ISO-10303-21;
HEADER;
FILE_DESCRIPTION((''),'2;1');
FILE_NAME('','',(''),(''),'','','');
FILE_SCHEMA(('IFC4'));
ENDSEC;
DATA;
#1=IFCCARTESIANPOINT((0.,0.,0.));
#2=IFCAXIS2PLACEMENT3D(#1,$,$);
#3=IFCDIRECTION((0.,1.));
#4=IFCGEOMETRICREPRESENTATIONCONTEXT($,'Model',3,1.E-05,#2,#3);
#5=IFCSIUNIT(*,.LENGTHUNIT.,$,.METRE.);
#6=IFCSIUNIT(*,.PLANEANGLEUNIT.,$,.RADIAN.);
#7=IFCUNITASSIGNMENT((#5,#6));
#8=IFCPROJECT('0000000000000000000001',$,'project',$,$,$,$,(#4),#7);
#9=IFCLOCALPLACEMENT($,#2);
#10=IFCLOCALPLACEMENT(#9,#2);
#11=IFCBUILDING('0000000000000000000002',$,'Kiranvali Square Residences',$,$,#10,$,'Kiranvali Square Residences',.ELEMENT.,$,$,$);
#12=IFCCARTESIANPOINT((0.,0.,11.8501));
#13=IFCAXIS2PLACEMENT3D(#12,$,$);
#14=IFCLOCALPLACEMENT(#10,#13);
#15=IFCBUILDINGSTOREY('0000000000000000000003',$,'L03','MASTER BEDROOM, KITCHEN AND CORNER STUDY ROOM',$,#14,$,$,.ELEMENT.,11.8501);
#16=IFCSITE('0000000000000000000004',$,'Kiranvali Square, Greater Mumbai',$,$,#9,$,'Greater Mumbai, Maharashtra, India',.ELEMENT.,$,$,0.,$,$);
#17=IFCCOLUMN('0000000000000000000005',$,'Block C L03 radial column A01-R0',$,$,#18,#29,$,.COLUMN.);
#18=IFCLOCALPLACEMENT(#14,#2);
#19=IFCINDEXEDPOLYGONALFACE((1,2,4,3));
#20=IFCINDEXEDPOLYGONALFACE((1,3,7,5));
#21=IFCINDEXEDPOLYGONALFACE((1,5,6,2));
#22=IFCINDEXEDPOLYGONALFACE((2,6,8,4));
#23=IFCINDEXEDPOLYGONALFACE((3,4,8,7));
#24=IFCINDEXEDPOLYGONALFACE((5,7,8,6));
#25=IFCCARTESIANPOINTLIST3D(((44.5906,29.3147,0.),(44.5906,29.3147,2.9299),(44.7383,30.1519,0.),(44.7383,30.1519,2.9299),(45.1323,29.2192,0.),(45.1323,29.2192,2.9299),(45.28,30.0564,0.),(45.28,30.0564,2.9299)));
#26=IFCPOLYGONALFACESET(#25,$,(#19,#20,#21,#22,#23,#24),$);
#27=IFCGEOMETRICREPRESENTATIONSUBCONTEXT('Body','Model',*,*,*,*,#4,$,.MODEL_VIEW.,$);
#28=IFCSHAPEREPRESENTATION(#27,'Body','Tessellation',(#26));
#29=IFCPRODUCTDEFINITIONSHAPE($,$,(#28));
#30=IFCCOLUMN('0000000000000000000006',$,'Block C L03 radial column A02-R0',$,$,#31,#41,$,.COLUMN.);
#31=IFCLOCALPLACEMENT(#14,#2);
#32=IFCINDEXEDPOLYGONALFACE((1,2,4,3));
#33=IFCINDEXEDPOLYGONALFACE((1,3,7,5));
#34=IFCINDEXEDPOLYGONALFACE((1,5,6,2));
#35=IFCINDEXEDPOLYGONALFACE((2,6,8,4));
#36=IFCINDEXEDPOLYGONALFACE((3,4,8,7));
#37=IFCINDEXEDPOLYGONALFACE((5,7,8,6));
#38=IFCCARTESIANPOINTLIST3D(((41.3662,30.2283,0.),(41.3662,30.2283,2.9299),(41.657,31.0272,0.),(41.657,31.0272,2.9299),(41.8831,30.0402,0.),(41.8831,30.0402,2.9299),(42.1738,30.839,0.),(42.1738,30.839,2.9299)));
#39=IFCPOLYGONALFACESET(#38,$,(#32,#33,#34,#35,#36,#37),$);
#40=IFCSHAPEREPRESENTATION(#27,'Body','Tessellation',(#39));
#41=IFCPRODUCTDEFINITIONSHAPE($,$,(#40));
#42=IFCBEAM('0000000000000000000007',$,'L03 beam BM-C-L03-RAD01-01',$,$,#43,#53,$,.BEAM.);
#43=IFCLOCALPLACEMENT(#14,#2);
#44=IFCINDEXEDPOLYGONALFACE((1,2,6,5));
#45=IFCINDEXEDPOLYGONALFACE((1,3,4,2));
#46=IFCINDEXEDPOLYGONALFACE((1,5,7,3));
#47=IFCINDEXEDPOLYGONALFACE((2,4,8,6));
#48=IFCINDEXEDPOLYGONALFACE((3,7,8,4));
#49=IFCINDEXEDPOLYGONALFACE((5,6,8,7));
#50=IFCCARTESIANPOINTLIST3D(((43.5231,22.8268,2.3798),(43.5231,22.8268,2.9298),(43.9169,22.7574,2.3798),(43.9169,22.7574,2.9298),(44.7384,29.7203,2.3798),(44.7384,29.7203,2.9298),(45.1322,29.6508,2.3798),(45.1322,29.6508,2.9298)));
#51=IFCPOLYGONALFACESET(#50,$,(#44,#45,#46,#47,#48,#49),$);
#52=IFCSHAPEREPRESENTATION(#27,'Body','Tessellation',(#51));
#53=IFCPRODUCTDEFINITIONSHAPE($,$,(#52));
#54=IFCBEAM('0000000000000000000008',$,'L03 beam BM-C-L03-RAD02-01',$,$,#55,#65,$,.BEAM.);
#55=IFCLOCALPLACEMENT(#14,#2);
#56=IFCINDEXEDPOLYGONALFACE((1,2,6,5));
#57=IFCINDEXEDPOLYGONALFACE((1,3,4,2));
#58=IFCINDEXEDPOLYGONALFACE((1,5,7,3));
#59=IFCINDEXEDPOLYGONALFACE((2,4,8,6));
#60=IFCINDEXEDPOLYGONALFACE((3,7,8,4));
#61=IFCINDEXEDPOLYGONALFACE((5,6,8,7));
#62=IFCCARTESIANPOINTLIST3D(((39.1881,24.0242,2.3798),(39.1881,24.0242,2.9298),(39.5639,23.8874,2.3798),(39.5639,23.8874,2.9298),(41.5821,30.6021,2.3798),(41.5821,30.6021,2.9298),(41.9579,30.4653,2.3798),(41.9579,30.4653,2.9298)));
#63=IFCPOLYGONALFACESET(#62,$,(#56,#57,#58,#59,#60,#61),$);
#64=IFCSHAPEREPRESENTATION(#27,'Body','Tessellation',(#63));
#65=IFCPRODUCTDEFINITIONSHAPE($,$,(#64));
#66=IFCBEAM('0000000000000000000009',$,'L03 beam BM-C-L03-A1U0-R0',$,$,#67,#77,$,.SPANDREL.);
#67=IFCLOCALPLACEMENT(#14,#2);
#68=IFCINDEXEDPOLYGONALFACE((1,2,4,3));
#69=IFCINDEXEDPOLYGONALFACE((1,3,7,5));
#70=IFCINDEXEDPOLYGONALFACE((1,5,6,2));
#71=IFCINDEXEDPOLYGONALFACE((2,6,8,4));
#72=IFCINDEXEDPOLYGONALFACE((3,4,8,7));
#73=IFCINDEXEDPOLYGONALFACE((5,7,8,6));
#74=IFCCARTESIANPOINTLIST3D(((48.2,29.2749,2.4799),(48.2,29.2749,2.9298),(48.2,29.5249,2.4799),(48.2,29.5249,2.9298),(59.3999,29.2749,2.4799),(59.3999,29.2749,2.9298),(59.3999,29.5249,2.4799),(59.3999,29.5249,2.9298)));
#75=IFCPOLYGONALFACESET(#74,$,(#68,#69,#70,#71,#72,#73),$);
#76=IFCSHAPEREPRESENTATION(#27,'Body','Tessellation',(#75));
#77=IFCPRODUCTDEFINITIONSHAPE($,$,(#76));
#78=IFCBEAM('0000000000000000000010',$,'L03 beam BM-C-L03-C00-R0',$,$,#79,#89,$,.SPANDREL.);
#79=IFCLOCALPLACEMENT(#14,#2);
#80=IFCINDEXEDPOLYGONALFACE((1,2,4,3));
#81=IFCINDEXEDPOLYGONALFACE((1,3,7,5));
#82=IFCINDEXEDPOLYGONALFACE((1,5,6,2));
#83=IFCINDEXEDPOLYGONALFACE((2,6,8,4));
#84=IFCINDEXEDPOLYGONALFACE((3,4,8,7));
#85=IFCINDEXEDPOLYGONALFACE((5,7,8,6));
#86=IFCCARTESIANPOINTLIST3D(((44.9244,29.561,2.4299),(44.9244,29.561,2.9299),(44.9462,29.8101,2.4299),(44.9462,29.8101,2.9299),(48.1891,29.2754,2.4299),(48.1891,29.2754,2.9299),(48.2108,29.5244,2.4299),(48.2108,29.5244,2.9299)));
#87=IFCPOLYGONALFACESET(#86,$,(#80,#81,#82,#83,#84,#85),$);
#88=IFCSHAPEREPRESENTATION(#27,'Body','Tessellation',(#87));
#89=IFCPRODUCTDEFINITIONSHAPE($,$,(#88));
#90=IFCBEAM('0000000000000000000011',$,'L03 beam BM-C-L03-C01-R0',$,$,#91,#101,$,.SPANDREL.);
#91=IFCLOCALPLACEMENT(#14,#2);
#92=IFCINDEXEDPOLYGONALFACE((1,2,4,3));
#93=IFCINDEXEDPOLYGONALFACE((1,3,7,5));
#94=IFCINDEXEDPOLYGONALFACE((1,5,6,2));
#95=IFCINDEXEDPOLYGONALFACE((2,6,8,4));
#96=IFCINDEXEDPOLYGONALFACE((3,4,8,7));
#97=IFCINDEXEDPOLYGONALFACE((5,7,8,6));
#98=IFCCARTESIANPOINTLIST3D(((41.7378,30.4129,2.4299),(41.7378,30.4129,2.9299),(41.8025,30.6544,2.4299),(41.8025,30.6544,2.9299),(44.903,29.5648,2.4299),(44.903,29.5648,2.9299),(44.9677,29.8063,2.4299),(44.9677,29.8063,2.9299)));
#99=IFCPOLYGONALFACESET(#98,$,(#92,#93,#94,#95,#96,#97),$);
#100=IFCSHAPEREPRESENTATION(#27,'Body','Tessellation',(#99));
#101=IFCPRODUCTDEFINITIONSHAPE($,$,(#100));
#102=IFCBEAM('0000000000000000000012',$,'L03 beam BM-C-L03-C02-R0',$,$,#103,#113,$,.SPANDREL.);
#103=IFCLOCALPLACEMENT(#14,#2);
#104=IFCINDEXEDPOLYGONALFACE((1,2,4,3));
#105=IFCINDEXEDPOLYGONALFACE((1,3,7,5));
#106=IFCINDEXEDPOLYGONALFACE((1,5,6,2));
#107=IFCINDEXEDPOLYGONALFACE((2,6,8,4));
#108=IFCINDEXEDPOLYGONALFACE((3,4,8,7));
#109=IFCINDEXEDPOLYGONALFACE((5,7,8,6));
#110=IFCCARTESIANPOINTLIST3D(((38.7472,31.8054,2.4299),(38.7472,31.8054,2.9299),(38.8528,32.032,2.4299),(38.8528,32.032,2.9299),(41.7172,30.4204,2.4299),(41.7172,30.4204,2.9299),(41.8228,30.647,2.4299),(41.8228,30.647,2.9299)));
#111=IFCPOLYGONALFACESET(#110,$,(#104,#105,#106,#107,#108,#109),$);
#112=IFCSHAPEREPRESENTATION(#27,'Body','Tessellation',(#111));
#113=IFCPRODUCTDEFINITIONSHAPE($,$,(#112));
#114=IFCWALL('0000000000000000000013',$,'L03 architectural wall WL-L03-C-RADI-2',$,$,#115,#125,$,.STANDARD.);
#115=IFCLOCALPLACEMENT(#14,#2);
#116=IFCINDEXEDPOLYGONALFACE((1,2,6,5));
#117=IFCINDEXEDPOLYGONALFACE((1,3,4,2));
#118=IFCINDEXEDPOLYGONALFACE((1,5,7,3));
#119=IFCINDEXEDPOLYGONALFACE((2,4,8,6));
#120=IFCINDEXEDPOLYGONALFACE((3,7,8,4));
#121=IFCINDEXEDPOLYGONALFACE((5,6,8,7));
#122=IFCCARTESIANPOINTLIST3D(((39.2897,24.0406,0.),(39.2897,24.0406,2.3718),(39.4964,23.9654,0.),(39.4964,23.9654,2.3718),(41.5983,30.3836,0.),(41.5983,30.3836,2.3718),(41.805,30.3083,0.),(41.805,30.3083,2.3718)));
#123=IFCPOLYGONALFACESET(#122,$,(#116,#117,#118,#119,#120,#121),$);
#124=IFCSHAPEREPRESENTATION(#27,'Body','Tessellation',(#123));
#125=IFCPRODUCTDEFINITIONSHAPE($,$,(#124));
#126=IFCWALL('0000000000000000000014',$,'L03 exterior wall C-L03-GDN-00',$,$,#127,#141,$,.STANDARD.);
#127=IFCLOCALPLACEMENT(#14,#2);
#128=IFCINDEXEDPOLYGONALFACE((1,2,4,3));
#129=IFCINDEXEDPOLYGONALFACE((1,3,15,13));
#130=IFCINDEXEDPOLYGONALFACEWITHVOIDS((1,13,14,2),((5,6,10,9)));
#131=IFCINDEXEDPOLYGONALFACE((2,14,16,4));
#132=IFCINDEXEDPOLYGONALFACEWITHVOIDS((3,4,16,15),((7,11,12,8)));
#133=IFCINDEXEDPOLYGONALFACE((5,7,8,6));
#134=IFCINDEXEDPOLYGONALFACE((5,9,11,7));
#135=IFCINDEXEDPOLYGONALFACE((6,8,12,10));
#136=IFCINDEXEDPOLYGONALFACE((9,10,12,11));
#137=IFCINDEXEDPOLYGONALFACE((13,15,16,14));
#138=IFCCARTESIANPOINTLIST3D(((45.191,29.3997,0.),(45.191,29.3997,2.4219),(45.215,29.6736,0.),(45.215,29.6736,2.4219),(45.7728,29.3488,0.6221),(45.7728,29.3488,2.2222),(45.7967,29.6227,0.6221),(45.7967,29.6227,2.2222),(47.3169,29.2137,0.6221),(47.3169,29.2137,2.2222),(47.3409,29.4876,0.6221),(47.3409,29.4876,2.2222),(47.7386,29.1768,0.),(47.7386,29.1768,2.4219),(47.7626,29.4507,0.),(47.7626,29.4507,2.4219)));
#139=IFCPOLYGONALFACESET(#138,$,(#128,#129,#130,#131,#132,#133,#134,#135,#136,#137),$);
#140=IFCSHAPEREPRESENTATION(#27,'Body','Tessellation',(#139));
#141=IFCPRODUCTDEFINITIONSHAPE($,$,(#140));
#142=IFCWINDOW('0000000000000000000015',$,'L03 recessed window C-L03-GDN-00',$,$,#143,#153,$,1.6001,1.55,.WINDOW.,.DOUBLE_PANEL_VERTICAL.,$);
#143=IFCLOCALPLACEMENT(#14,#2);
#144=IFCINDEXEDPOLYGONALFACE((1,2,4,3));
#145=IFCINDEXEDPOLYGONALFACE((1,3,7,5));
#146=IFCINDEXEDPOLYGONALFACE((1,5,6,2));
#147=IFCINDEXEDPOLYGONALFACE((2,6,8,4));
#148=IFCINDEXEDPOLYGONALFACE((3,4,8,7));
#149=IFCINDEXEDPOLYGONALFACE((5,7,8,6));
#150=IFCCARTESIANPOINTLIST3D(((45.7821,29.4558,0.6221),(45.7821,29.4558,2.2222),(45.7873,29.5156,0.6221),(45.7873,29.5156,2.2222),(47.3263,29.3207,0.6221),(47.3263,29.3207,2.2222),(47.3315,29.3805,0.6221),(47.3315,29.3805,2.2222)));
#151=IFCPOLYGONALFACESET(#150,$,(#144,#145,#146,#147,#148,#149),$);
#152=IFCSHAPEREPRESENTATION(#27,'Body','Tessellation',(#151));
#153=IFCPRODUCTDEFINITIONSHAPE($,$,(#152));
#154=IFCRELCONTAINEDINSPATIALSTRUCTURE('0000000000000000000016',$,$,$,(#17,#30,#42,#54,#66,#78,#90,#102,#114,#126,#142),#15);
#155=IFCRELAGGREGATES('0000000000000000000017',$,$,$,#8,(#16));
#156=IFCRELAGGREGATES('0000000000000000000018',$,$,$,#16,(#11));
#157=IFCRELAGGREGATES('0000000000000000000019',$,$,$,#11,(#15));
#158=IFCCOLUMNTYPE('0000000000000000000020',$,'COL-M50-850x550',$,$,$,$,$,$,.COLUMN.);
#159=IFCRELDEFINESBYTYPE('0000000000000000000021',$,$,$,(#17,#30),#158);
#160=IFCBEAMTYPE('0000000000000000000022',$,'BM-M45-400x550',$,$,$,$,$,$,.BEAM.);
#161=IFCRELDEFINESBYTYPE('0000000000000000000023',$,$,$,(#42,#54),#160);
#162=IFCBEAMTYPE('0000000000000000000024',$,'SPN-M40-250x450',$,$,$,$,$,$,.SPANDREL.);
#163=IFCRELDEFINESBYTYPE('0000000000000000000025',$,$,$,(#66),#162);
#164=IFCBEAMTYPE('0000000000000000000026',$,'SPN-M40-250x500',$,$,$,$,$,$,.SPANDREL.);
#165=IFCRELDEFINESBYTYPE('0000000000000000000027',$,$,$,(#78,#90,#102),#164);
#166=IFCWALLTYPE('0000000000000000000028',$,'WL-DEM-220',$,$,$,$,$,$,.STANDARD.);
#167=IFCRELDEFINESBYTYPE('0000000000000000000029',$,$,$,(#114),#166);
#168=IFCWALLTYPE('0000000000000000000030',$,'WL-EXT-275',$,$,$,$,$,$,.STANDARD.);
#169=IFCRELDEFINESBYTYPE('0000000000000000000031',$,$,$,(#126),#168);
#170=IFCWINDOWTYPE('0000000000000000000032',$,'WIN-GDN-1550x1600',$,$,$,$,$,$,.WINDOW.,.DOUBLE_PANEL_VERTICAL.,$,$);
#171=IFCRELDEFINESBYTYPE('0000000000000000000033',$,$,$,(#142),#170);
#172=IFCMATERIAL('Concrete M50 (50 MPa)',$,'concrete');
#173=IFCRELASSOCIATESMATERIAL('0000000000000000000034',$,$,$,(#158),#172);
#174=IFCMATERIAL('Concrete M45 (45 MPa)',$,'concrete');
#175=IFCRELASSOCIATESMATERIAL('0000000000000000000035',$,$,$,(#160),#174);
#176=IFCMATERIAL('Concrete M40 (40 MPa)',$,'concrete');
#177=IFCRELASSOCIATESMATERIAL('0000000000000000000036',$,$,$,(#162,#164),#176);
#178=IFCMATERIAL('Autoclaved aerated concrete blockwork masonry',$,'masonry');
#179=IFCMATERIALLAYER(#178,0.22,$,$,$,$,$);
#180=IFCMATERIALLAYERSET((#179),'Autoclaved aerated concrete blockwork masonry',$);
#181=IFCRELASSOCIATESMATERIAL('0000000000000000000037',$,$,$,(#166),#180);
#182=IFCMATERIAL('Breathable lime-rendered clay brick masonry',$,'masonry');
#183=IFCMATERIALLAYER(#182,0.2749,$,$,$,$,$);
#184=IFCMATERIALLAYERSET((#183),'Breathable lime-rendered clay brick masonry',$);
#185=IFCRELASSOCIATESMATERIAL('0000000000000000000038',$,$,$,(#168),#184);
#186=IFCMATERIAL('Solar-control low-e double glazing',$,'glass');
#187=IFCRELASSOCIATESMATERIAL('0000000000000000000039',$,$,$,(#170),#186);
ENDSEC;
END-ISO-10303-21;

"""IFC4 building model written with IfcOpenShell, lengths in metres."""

from ifc_helpers import new_model, si_unit, direction, frame, frame_2d, origin, origin_2d, place, context, subcontext, project, spatial, rectangle, extrude, material, layer, layer_set, material_profile, profile_set, type_object, element, fill, save


model = new_model("IFC4")

# Units and contexts
model_context = context("Model", 3, precision=1e-05, world=origin(), true_north=direction((0.0, 1.0)))
body_context = subcontext(model_context, "Body", "Model", "MODEL_VIEW")
ifc_project = project(units=[si_unit("LENGTHUNIT", "METRE"), si_unit("PLANEANGLEUNIT", "RADIAN")], contexts=[model_context])

# Site, building, storey
site_placement = place(None, origin())
site = spatial("IfcSite", under=ifc_project, at=site_placement, Name="Kiranvali Square, Greater Mumbai", LongName="Greater Mumbai, Maharashtra, India", CompositionType="ELEMENT", RefElevation=0.0)
building_placement = place(site_placement, origin())
building = spatial("IfcBuilding", under=site, at=building_placement, Name="Kiranvali Square Residences", LongName="Kiranvali Square Residences", CompositionType="ELEMENT")
storey_placement = place(building_placement, frame((0.0, 0.0, 11.8501)))
storey = spatial("IfcBuildingStorey", under=building, at=storey_placement, Name="L03", Description="MASTER BEDROOM, KITCHEN AND CORNER STUDY ROOM", CompositionType="ELEMENT", Elevation=11.8501)

# Columns
ifc_material_1 = material(Name="Concrete M50 (50 MPa)", Category="concrete")
ifc_material_profile_1 = material_profile(ifc_material_1, rectangle(XDim=0.55, YDim=0.8501, at=origin_2d()), Name="RC 850x550")
ifc_profile_set_1 = profile_set([ifc_material_profile_1], Name="Concrete M50 (50 MPa)")
column_type = type_object("IfcColumnType", Name="COL-M50-850x550", PredefinedType="COLUMN", material=ifc_profile_set_1)
for number, where, z_axis, x_axis, name in (
    (1, (44.9353, 29.6855, 0.0), (0.0, 0.0, 1.0), (-0.984808, 0.173648, 0.0), "Block C L03 radial column A01-R0"),
    (2, (41.77, 30.5337, 0.0), (0.0, 0.0, 1.0), (-0.939693, 0.34202, 0.0), "Block C L03 radial column A02-R0"),
):
    element("IfcColumn", number, at=place(storey_placement, frame(where, z_axis=z_axis, x_axis=x_axis)), inside=storey, type_object=column_type, Name=name, PredefinedType="COLUMN", context=body_context, shape_type="SweptSolid", body=[
        extrude(rectangle(XDim=0.55, YDim=0.8501, at=origin_2d()), origin(), (0.0, 0.0, 1.0), 2.9299),
    ])

# Beams
ifc_material_2 = material(Name="Concrete M45 (45 MPa)", Category="concrete")
ifc_material_profile_2 = material_profile(ifc_material_2, rectangle(XDim=0.3999, YDim=0.55, at=origin_2d()), Name="RC 400x550")
ifc_profile_set_2 = profile_set([ifc_material_profile_2], Name="Concrete M45 (45 MPa)")
beam_type_1 = type_object("IfcBeamType", Name="BM-M45-400x550", PredefinedType="BEAM", material=ifc_profile_set_2)
beam_1_placement = place(storey_placement, frame((44.9353, 29.6855, 2.6548), z_axis=(-0.173622, -0.984812, 0.0), x_axis=(0.984812, -0.173622, 0.0)))
element("IfcBeam", 3, at=beam_1_placement, inside=storey, type_object=beam_type_1, Name="L03 beam BM-C-L03-RAD01-01", PredefinedType="BEAM", context=body_context, shape_type="SweptSolid", body=[
    extrude(rectangle(XDim=0.3999, YDim=0.55, at=origin_2d()), origin(), (0.0, 0.0, 1.0), 6.9998),
])
beam_2_placement = place(storey_placement, frame((41.77, 30.5337, 2.6548), z_axis=(-0.342006, -0.939698, 0.0), x_axis=(0.939698, -0.342006, 0.0)))
element("IfcBeam", 4, at=beam_2_placement, inside=storey, type_object=beam_type_1, Name="L03 beam BM-C-L03-RAD02-01", PredefinedType="BEAM", context=body_context, shape_type="SweptSolid", body=[
    extrude(rectangle(XDim=0.3999, YDim=0.55, at=origin_2d()), origin(), (0.0, 0.0, 1.0), 7.0),
])
ifc_material_3 = material(Name="Concrete M40 (40 MPa)", Category="concrete")
ifc_material_profile_3 = material_profile(ifc_material_3, rectangle(XDim=0.25, YDim=0.45, at=origin_2d()), Name="RC 250x450")
ifc_profile_set_3 = profile_set([ifc_material_profile_3], Name="Concrete M40 (40 MPa)")
beam_type_2 = type_object("IfcBeamType", Name="SPN-M40-250x450", PredefinedType="SPANDREL", material=ifc_profile_set_3)
beam_3_placement = place(storey_placement, frame((48.2, 29.3999, 2.7048), z_axis=(1.0, 0.0, 0.0), x_axis=(0.0, 1.0, 0.0)))
element("IfcBeam", 5, at=beam_3_placement, inside=storey, type_object=beam_type_2, Name="L03 beam BM-C-L03-A1U0-R0", PredefinedType="SPANDREL", context=body_context, shape_type="SweptSolid", body=[
    extrude(rectangle(XDim=0.25, YDim=0.45, at=origin_2d()), origin(), (0.0, 0.0, 1.0), 11.2),
])
ifc_material_profile_4 = material_profile(ifc_material_3, rectangle(XDim=0.25, YDim=0.5, at=origin_2d()), Name="RC 250x500")
ifc_profile_set_4 = profile_set([ifc_material_profile_4], Name="Concrete M40 (40 MPa)")
beam_type_3 = type_object("IfcBeamType", Name="SPN-M40-250x500", PredefinedType="SPANDREL", material=ifc_profile_set_4)
beam_4_placement = place(storey_placement, frame((48.2, 29.3999, 2.6799), z_axis=(-0.996194, 0.087163, 0.0), x_axis=(-0.087163, -0.996194, 0.0)))
element("IfcBeam", 6, at=beam_4_placement, inside=storey, type_object=beam_type_3, Name="L03 beam BM-C-L03-C00-R0", PredefinedType="SPANDREL", context=body_context, shape_type="SweptSolid", body=[
    extrude(rectangle(XDim=0.25, YDim=0.5, at=origin_2d()), origin(), (0.0, 0.0, 1.0), 3.2771),
])
beam_5_placement = place(storey_placement, frame((44.9353, 29.6855, 2.6799), z_axis=(-0.965925, 0.258822, 0.0), x_axis=(-0.258822, -0.965925, 0.0)))
element("IfcBeam", 7, at=beam_5_placement, inside=storey, type_object=beam_type_3, Name="L03 beam BM-C-L03-C01-R0", PredefinedType="SPANDREL", context=body_context, shape_type="SweptSolid", body=[
    extrude(rectangle(XDim=0.25, YDim=0.5, at=origin_2d()), origin(), (0.0, 0.0, 1.0), 3.2769),
])
beam_6_placement = place(storey_placement, frame((41.77, 30.5337, 2.6799), z_axis=(-0.906297, 0.422641, 0.0), x_axis=(-0.422641, -0.906297, 0.0)))
element("IfcBeam", 8, at=beam_6_placement, inside=storey, type_object=beam_type_3, Name="L03 beam BM-C-L03-C02-R0", PredefinedType="SPANDREL", context=body_context, shape_type="SweptSolid", body=[
    extrude(rectangle(XDim=0.25, YDim=0.5, at=origin_2d()), origin(), (0.0, 0.0, 1.0), 3.2771),
])

# Wall
ifc_material_4 = material(Name="Autoclaved aerated concrete blockwork masonry", Category="masonry")
ifc_layer_1 = layer(ifc_material_4, 0.22)
ifc_layer_set_1 = layer_set([ifc_layer_1], Name="Autoclaved aerated concrete blockwork masonry")
wall_type_1 = type_object("IfcWallType", Name="WL-DEM-220", PredefinedType="STANDARD", material=ifc_layer_set_1)
wall_1_placement = place(storey_placement, frame((41.7017, 30.3459, 0.0), z_axis=(0.0, 0.0, 1.0), x_axis=(-0.34201, -0.939696, 0.0)))
element("IfcWall", 9, at=wall_1_placement, inside=storey, type_object=wall_type_1, Name="L03 architectural wall WL-L03-C-RADI-2", PredefinedType="STANDARD", context=body_context, shape_type="SweptSolid", body=[
    extrude(rectangle(XDim=6.75, YDim=0.22, at=frame_2d((3.375, 0.0))), origin(), (0.0, 0.0, 1.0), 2.3718),
])

# Wall, opening, window
ifc_material_5 = material(Name="Breathable lime-rendered clay brick masonry", Category="masonry")
ifc_layer_2 = layer(ifc_material_5, 0.2749)
ifc_layer_set_2 = layer_set([ifc_layer_2], Name="Breathable lime-rendered clay brick masonry")
wall_type_2 = type_object("IfcWallType", Name="WL-EXT-275", PredefinedType="STANDARD", material=ifc_layer_set_2)
wall_2_placement = place(storey_placement, frame((47.7507, 29.3137, 0.0), z_axis=(0.0, 0.0, 1.0), x_axis=(-0.996194, 0.087161, 0.0)))
wall_2 = element("IfcWall", 10, at=wall_2_placement, inside=storey, type_object=wall_type_2, Name="L03 exterior wall C-L03-GDN-00", PredefinedType="STANDARD", context=body_context, shape_type="SweptSolid", body=[
    extrude(rectangle(XDim=2.5574, YDim=0.2749, at=frame_2d((1.2788, 0.0))), origin(), (0.0, 0.0, 1.0), 2.4219),
])
opening_1_placement = place(wall_2_placement, frame((0.4236, 0.0, 0.6221)))
opening_1 = element("IfcOpeningElement", 11, at=opening_1_placement, cuts=wall_2, PredefinedType="OPENING", context=body_context, shape_type="SweptSolid", body=[
    extrude(rectangle(XDim=1.55, YDim=1.6001, at=frame_2d((0.7749, 0.8))), frame((0.0, 0.1475, 0.0), z_axis=(0.0, -1.0, 0.0), x_axis=(1.0, 0.0, 0.0)), (0.0, 0.0, 1.0), 0.2949),
])
ifc_material_6 = material(Name="Solar-control low-e double glazing", Category="glass")
window_type_1 = type_object("IfcWindowType", Name="WIN-GDN-1550x1600", PartitioningType="DOUBLE_PANEL_VERTICAL", PredefinedType="WINDOW", material=ifc_material_6)
window_1_placement = place(opening_1_placement, origin())
window_1 = element("IfcWindow", 12, at=window_1_placement, inside=storey, type_object=window_type_1, Name="L03 recessed window C-L03-GDN-00", OverallHeight=1.6001, OverallWidth=1.55, PartitioningType="DOUBLE_PANEL_VERTICAL", PredefinedType="WINDOW", context=body_context, shape_type="SweptSolid", body=[
    extrude(rectangle(XDim=1.55, YDim=1.6001, at=frame_2d((0.7749, 0.8))), frame((0.0, 0.03, 0.0), z_axis=(0.0, -1.0, 0.0), x_axis=(1.0, 0.0, 0.0)), (0.0, 0.0, 1.0), 0.0601),
])
fill(opening_1, window_1)

save(model, "model.ifc")
